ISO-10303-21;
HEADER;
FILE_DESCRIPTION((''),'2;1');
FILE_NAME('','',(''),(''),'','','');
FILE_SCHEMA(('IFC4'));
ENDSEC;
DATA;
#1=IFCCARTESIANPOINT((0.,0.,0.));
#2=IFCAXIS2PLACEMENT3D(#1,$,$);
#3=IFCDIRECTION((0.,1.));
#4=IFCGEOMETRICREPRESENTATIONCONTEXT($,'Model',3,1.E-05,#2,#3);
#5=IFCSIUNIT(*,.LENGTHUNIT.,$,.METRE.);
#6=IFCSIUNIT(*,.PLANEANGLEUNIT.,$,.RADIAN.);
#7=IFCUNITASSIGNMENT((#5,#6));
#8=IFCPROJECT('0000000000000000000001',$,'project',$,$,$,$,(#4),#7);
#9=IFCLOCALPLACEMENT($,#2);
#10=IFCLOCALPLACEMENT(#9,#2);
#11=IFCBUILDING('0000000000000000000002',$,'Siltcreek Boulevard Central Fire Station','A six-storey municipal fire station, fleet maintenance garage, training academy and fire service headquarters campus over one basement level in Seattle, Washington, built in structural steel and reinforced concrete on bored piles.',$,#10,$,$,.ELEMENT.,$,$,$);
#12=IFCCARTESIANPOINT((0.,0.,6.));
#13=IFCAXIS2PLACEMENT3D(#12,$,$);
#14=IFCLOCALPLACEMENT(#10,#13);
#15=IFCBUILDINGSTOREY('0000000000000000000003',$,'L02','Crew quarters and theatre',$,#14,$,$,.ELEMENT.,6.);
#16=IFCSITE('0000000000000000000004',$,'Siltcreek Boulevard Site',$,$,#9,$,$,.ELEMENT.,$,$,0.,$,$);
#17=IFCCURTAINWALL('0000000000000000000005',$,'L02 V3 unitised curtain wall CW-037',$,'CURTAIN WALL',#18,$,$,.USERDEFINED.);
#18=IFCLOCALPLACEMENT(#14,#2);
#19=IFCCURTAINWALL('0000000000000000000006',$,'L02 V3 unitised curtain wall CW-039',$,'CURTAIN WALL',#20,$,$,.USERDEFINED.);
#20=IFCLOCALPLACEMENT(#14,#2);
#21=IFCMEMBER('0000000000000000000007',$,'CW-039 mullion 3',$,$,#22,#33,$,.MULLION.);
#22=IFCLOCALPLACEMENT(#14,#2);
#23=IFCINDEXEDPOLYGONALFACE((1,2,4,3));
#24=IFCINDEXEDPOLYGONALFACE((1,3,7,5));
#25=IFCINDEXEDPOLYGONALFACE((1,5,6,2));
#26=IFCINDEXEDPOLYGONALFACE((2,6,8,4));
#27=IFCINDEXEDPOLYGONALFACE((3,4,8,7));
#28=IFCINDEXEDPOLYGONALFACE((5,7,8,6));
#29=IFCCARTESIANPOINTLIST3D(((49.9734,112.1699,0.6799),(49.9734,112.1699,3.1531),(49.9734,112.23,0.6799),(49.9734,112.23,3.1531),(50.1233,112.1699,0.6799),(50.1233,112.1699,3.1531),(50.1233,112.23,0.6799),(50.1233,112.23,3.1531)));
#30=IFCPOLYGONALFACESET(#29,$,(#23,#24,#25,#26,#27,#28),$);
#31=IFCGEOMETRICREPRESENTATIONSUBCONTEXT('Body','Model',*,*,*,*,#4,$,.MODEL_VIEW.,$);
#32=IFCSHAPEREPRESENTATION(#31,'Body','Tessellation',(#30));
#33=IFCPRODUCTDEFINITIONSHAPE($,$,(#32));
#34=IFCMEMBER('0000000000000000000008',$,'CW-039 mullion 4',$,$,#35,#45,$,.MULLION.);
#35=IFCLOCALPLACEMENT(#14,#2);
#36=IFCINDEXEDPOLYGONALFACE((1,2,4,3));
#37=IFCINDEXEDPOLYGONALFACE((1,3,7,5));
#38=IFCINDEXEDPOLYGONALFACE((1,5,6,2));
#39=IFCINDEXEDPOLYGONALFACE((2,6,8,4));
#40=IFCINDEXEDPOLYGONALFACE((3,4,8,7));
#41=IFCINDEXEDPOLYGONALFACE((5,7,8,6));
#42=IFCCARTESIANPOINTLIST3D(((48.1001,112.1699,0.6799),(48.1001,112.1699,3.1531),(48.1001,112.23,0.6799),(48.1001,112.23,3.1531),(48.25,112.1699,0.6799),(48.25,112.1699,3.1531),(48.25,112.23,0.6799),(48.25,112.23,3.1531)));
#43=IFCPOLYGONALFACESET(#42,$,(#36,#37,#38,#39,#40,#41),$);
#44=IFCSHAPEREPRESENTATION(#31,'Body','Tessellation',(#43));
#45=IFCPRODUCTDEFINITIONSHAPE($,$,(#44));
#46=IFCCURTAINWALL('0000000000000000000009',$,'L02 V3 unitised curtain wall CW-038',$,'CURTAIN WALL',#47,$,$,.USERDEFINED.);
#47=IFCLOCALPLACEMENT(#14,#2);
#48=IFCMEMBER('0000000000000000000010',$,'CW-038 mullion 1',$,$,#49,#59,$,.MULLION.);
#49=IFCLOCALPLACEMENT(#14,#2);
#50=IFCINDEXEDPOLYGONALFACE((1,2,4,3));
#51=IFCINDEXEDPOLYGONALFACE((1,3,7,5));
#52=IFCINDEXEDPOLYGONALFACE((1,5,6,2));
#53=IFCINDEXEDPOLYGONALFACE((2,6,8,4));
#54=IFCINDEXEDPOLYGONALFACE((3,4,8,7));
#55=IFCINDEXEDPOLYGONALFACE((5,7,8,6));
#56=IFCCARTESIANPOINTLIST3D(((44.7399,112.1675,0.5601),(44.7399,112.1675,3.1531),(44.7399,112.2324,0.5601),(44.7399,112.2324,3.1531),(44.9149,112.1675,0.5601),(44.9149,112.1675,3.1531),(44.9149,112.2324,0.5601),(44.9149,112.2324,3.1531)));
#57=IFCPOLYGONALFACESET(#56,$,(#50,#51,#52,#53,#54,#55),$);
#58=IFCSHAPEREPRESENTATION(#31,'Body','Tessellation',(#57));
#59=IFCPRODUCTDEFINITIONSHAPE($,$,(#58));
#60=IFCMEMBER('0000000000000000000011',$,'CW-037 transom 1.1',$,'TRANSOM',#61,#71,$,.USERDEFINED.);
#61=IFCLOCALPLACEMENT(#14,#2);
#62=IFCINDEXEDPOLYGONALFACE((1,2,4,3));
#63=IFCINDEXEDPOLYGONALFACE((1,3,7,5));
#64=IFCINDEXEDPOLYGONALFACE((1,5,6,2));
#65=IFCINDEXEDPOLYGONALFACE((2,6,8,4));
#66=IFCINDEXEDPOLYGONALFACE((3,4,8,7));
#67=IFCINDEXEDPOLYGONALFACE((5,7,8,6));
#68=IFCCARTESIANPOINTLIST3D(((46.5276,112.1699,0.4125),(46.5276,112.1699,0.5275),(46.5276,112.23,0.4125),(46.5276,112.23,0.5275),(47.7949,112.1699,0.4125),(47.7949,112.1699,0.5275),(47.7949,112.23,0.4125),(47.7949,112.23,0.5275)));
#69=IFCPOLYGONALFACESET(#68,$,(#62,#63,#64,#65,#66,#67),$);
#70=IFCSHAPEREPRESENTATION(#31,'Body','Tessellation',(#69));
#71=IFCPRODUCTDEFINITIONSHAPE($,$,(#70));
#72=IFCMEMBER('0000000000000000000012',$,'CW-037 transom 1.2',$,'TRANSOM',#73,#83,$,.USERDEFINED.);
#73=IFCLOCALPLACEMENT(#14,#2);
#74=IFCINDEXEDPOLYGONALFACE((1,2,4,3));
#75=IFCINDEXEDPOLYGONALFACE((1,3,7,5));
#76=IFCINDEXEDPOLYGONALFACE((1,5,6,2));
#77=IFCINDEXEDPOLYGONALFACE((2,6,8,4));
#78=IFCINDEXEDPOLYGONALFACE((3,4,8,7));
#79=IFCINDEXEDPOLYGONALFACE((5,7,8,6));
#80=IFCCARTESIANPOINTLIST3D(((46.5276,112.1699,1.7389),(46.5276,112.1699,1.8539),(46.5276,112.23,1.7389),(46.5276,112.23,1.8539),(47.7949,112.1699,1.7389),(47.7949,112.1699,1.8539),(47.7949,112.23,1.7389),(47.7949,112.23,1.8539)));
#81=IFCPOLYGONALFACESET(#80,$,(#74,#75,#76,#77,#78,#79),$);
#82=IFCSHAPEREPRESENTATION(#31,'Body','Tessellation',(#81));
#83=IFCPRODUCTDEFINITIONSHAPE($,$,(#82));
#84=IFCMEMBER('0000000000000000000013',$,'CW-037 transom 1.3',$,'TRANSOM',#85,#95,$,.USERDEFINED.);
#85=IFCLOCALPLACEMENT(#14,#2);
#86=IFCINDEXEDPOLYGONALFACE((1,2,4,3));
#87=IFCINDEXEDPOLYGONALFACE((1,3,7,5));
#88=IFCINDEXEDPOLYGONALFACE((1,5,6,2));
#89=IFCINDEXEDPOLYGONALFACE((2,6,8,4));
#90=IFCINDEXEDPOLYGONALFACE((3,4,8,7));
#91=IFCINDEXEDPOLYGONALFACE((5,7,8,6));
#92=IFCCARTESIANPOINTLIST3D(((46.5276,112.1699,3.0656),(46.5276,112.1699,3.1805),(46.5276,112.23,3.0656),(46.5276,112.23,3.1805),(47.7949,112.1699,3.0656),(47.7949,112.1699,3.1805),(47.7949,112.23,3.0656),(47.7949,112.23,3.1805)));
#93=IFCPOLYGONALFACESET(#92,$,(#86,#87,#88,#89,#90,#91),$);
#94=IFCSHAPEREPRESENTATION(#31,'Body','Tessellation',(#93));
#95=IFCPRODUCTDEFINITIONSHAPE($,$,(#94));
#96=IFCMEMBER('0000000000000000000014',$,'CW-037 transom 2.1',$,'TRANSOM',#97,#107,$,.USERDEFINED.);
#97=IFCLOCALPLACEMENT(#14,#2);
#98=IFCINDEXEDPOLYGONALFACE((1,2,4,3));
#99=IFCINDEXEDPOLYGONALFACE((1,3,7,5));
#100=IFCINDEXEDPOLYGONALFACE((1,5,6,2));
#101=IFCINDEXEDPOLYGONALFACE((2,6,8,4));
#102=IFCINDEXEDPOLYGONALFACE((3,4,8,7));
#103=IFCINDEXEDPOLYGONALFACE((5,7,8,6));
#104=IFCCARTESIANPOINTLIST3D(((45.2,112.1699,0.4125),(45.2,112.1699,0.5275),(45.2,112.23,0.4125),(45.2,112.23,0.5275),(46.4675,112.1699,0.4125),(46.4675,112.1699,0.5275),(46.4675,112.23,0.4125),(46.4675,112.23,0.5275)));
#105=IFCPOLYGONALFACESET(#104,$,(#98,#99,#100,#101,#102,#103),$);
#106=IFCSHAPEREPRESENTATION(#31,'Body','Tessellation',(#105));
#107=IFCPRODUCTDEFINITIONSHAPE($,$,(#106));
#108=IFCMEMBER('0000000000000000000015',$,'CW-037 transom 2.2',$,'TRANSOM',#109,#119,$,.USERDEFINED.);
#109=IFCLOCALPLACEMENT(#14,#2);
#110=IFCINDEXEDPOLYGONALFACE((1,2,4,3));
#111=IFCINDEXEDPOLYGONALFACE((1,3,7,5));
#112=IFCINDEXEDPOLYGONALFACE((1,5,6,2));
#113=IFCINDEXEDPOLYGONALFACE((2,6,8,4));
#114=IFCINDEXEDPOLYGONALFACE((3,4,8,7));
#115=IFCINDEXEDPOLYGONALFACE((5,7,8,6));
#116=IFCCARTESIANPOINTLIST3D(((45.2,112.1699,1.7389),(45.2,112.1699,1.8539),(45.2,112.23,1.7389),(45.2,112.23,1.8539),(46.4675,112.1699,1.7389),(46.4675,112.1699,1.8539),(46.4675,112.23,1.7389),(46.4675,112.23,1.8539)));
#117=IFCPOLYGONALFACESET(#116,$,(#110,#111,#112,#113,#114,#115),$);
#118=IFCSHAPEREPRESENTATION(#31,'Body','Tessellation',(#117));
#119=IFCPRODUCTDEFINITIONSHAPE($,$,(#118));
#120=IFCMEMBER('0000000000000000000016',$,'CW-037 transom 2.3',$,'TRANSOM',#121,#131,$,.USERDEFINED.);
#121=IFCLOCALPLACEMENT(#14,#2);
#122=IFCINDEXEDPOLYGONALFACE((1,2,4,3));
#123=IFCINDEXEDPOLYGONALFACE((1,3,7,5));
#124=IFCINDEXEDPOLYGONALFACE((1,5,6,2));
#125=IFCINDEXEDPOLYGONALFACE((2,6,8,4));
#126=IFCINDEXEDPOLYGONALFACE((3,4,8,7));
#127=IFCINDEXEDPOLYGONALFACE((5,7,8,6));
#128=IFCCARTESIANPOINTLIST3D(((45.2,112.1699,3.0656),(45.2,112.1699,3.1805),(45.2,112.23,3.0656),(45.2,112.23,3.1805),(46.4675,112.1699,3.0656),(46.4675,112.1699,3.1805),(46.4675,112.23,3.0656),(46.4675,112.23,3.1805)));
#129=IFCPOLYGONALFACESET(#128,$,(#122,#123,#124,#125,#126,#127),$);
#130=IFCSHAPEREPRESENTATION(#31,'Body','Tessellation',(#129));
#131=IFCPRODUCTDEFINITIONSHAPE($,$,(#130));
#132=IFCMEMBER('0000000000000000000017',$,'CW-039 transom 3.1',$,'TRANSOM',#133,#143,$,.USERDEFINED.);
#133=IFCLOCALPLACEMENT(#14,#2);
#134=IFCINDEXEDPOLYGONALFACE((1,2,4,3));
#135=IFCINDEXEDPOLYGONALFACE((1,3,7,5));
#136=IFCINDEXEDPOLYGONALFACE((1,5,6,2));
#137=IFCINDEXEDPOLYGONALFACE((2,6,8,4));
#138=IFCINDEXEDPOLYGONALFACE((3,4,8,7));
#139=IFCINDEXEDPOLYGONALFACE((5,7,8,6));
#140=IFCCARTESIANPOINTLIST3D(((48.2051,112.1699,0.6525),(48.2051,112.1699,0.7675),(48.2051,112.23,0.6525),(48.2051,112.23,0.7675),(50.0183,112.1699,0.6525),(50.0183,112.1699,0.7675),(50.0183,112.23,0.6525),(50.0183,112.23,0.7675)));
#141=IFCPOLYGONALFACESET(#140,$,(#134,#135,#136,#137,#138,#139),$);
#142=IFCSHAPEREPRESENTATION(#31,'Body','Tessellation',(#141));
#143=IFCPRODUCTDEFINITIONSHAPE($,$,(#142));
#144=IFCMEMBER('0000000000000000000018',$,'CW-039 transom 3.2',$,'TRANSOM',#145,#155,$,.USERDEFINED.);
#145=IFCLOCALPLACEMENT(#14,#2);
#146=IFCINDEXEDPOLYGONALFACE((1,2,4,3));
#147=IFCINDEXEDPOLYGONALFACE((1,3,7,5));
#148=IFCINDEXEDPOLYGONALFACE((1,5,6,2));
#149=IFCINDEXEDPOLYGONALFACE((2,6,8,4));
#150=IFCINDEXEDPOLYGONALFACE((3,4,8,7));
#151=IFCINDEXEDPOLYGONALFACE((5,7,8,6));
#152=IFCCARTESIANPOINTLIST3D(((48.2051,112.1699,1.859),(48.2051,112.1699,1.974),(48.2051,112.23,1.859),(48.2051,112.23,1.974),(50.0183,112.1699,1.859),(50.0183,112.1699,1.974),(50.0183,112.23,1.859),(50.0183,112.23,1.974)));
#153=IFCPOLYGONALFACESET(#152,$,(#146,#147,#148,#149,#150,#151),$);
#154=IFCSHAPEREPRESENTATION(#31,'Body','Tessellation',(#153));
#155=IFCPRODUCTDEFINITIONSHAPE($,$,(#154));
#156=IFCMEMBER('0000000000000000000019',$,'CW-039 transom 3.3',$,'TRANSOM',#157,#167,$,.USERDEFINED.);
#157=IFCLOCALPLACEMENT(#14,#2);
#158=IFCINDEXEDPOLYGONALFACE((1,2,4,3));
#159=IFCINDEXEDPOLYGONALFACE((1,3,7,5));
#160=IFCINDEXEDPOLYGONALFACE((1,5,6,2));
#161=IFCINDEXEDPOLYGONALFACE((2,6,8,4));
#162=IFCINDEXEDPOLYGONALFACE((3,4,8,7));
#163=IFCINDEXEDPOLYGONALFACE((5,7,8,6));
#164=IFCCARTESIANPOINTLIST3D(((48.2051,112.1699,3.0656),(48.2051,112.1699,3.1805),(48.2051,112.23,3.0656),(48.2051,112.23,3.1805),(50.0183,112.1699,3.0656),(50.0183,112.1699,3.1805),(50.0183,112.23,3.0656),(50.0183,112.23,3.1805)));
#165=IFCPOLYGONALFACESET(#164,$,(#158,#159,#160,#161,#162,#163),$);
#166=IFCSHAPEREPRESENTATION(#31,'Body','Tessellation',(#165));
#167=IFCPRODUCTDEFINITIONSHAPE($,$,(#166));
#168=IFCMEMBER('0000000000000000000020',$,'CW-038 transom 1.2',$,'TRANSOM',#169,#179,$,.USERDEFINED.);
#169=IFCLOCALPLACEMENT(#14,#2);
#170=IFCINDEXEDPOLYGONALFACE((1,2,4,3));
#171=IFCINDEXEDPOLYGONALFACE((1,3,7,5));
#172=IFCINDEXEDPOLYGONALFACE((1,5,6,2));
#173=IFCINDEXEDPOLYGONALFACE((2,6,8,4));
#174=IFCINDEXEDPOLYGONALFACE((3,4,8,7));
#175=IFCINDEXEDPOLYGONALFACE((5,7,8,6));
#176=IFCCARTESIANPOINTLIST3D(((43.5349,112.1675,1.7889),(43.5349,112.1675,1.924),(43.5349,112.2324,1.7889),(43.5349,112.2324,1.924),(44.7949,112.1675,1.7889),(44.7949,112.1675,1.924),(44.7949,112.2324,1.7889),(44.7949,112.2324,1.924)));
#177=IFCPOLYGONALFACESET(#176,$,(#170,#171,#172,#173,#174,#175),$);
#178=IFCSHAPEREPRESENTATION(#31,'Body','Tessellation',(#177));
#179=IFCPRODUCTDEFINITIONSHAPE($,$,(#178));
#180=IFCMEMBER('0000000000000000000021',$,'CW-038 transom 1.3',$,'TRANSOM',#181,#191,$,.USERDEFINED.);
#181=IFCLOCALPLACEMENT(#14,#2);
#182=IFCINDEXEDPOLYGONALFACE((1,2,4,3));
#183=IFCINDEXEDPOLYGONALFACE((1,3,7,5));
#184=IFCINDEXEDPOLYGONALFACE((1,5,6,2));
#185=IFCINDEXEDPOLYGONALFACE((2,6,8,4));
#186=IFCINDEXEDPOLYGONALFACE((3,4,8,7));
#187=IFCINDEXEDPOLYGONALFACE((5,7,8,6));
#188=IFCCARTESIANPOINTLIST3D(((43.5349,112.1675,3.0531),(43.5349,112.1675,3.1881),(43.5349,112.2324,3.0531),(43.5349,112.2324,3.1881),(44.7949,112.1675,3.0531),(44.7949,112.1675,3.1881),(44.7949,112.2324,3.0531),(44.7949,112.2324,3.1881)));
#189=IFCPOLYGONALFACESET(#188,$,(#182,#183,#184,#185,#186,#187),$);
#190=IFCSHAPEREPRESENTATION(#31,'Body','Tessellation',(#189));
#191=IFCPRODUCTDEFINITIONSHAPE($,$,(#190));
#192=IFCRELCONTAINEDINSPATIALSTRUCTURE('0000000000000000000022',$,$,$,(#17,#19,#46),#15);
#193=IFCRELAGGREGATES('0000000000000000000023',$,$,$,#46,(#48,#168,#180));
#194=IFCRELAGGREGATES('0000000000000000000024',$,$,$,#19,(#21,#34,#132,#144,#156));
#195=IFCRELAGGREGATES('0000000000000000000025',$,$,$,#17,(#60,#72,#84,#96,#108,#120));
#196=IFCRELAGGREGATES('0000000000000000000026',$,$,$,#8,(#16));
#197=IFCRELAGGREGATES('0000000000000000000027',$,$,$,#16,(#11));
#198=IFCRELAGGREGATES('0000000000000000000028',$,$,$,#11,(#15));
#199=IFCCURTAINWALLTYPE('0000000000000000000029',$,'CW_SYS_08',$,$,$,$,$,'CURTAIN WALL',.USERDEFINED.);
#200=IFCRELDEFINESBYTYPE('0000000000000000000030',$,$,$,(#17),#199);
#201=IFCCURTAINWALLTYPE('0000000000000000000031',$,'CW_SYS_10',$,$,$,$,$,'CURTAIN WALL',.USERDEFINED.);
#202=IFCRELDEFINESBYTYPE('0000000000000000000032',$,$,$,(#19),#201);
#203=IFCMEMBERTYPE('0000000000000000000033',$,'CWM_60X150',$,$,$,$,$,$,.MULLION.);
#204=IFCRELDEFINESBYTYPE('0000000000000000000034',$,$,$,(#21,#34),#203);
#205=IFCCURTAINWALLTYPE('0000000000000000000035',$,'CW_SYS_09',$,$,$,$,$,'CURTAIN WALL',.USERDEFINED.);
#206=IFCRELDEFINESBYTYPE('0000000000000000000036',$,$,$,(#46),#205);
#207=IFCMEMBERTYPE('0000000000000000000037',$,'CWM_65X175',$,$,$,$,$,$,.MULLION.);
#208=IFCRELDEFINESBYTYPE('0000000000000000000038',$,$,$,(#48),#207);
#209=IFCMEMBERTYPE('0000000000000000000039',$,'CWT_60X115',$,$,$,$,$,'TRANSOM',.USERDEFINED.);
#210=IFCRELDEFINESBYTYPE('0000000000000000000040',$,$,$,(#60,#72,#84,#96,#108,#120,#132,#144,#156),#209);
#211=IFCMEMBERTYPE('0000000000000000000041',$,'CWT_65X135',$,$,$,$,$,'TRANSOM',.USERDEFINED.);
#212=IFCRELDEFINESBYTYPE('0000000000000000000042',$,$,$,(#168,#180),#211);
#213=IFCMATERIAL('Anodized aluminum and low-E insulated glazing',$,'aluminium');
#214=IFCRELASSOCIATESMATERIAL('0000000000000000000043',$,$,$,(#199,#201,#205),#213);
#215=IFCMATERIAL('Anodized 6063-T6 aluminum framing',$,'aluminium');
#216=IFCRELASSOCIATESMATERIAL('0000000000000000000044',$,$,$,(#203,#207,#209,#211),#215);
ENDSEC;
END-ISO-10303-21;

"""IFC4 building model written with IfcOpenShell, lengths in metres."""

from ifc_helpers import new_model, si_unit, direction, frame, origin, origin_2d, place, context, subcontext, project, spatial, rectangle, extrude, material, material_profile, profile_set, type_object, element, aggregate, save


model = new_model("IFC4")

# Units and contexts
model_context = context("Model", 3, precision=1e-05, world=origin(), true_north=direction((0.0, 1.0)))
body_context = subcontext(model_context, "Body", "Model", "MODEL_VIEW")
ifc_project = project(units=[si_unit("LENGTHUNIT", "METRE"), si_unit("PLANEANGLEUNIT", "RADIAN")], contexts=[model_context])

# Site, building, storey
site_placement = place(None, origin())
site = spatial("IfcSite", under=ifc_project, at=site_placement, Name="Siltcreek Boulevard Site", CompositionType="ELEMENT", RefElevation=0.0)
building_placement = place(site_placement, origin())
building = spatial("IfcBuilding", under=site, at=building_placement, Name="Siltcreek Boulevard Central Fire Station", Description="A six-storey municipal fire station, fleet maintenance garage, training academy and fire service headquarters campus over one basement level in Seattle, Washington, built in structural steel and reinforced concrete on bored piles.", CompositionType="ELEMENT")
storey_placement = place(building_placement, frame((0.0, 0.0, 6.0)))
storey = spatial("IfcBuildingStorey", under=building, at=storey_placement, Name="L02", Description="Crew quarters and theatre", CompositionType="ELEMENT", Elevation=6.0)

# Curtain walls, members
ifc_material_1 = material(Name="Anodized aluminum and low-E insulated glazing", Category="aluminium")
curtain_wall_type_1 = type_object("IfcCurtainWallType", Name="CW_SYS_08", ElementType="CURTAIN WALL", PredefinedType="USERDEFINED", material=ifc_material_1)
curtain_wall_1_placement = place(storey_placement, origin())
curtain_wall_1 = element("IfcCurtainWall", 1, at=curtain_wall_1_placement, inside=storey, type_object=curtain_wall_type_1, Name="L02 V3 unitised curtain wall CW-037", ObjectType="CURTAIN WALL", PredefinedType="USERDEFINED")
ifc_material_2 = material(Name="Anodized 6063-T6 aluminum framing", Category="aluminium")
ifc_material_profile_1 = material_profile(ifc_material_2, rectangle(XDim=0.0601, YDim=0.1499, at=origin_2d()), Name="MULL60X150")
ifc_profile_set_1 = profile_set([ifc_material_profile_1], Name="Anodized 6063-T6 aluminum framing")
member_type_1 = type_object("IfcMemberType", Name="CWM_60X150", PredefinedType="MULLION", material=ifc_profile_set_1)
curtain_wall_type_2 = type_object("IfcCurtainWallType", Name="CW_SYS_10", ElementType="CURTAIN WALL", PredefinedType="USERDEFINED", material=ifc_material_1)
curtain_wall_2_placement = place(storey_placement, origin())
curtain_wall_2 = element("IfcCurtainWall", 2, at=curtain_wall_2_placement, inside=storey, type_object=curtain_wall_type_2, Name="L02 V3 unitised curtain wall CW-039", ObjectType="CURTAIN WALL", PredefinedType="USERDEFINED")
member_1_placement = place(storey_placement, frame((50.0483, 112.2, 0.6799), z_axis=(0.0, 0.0, 1.0), x_axis=(0.0, -1.0, 0.0)))
member_1 = element("IfcMember", 3, at=member_1_placement, type_object=member_type_1, Name="CW-039 mullion 3", PredefinedType="MULLION", context=body_context, shape_type="SweptSolid", body=[
    extrude(rectangle(XDim=0.0601, YDim=0.1499, at=origin_2d()), origin(), (0.0, 0.0, 1.0), 2.4731),
])
member_2_placement = place(storey_placement, frame((48.175, 112.2, 0.6799), z_axis=(0.0, 0.0, 1.0), x_axis=(0.0, -1.0, 0.0)))
member_2 = element("IfcMember", 4, at=member_2_placement, type_object=member_type_1, Name="CW-039 mullion 4", PredefinedType="MULLION", context=body_context, shape_type="SweptSolid", body=[
    extrude(rectangle(XDim=0.0601, YDim=0.1499, at=origin_2d()), origin(), (0.0, 0.0, 1.0), 2.4731),
])

# Curtain wall, member
curtain_wall_type_3 = type_object("IfcCurtainWallType", Name="CW_SYS_09", ElementType="CURTAIN WALL", PredefinedType="USERDEFINED", material=ifc_material_1)
curtain_wall_3_placement = place(storey_placement, origin())
curtain_wall_3 = element("IfcCurtainWall", 5, at=curtain_wall_3_placement, inside=storey, type_object=curtain_wall_type_3, Name="L02 V3 unitised curtain wall CW-038", ObjectType="CURTAIN WALL", PredefinedType="USERDEFINED")
ifc_material_profile_2 = material_profile(ifc_material_2, rectangle(XDim=0.0649, YDim=0.175, at=origin_2d()), Name="MULL65X175")
ifc_profile_set_2 = profile_set([ifc_material_profile_2], Name="Anodized 6063-T6 aluminum framing")
member_type_2 = type_object("IfcMemberType", Name="CWM_65X175", PredefinedType="MULLION", material=ifc_profile_set_2)
member_3_placement = place(storey_placement, frame((44.8274, 112.2, 0.5601), z_axis=(0.0, 0.0, 1.0), x_axis=(0.0, -1.0, 0.0)))
member_3 = element("IfcMember", 6, at=member_3_placement, type_object=member_type_2, Name="CW-038 mullion 1", PredefinedType="MULLION", context=body_context, shape_type="SweptSolid", body=[
    extrude(rectangle(XDim=0.0649, YDim=0.175, at=origin_2d()), origin(), (0.0, 0.0, 1.0), 2.593),
])

# Members
ifc_material_profile_3 = material_profile(ifc_material_2, rectangle(XDim=0.0601, YDim=0.115, at=origin_2d()), Name="TRAN60X115")
ifc_profile_set_3 = profile_set([ifc_material_profile_3], Name="Anodized 6063-T6 aluminum framing")
member_type_3 = type_object("IfcMemberType", Name="CWT_60X115", ElementType="TRANSOM", PredefinedType="USERDEFINED", material=ifc_profile_set_3)
member_4_placement = place(storey_placement, frame((47.7949, 112.2, 0.47), z_axis=(-1.0, 0.0, 0.0), x_axis=(0.0, -1.0, 0.0)))
member_4 = element("IfcMember", 7, at=member_4_placement, type_object=member_type_3, Name="CW-037 transom 1.1", ObjectType="TRANSOM", PredefinedType="USERDEFINED", context=body_context, shape_type="SweptSolid", body=[
    extrude(rectangle(XDim=0.0601, YDim=0.115, at=origin_2d()), origin(), (0.0, 0.0, 1.0), 1.2673),
])
member_5_placement = place(storey_placement, frame((47.7949, 112.2, 1.7964), z_axis=(-1.0, 0.0, 0.0), x_axis=(0.0, -1.0, 0.0)))
member_5 = element("IfcMember", 8, at=member_5_placement, type_object=member_type_3, Name="CW-037 transom 1.2", ObjectType="TRANSOM", PredefinedType="USERDEFINED", context=body_context, shape_type="SweptSolid", body=[
    extrude(rectangle(XDim=0.0601, YDim=0.115, at=origin_2d()), origin(), (0.0, 0.0, 1.0), 1.2673),
])
member_6_placement = place(storey_placement, frame((47.7949, 112.2, 3.123), z_axis=(-1.0, 0.0, 0.0), x_axis=(0.0, -1.0, 0.0)))
member_6 = element("IfcMember", 9, at=member_6_placement, type_object=member_type_3, Name="CW-037 transom 1.3", ObjectType="TRANSOM", PredefinedType="USERDEFINED", context=body_context, shape_type="SweptSolid", body=[
    extrude(rectangle(XDim=0.0601, YDim=0.115, at=origin_2d()), origin(), (0.0, 0.0, 1.0), 1.2673),
])
member_7_placement = place(storey_placement, frame((46.4675, 112.2, 0.47), z_axis=(-1.0, 0.0, 0.0), x_axis=(0.0, -1.0, 0.0)))
member_7 = element("IfcMember", 10, at=member_7_placement, type_object=member_type_3, Name="CW-037 transom 2.1", ObjectType="TRANSOM", PredefinedType="USERDEFINED", context=body_context, shape_type="SweptSolid", body=[
    extrude(rectangle(XDim=0.0601, YDim=0.115, at=origin_2d()), origin(), (0.0, 0.0, 1.0), 1.2676),
])
member_8_placement = place(storey_placement, frame((46.4675, 112.2, 1.7964), z_axis=(-1.0, 0.0, 0.0), x_axis=(0.0, -1.0, 0.0)))
member_8 = element("IfcMember", 11, at=member_8_placement, type_object=member_type_3, Name="CW-037 transom 2.2", ObjectType="TRANSOM", PredefinedType="USERDEFINED", context=body_context, shape_type="SweptSolid", body=[
    extrude(rectangle(XDim=0.0601, YDim=0.115, at=origin_2d()), origin(), (0.0, 0.0, 1.0), 1.2676),
])
member_9_placement = place(storey_placement, frame((46.4675, 112.2, 3.123), z_axis=(-1.0, 0.0, 0.0), x_axis=(0.0, -1.0, 0.0)))
member_9 = element("IfcMember", 12, at=member_9_placement, type_object=member_type_3, Name="CW-037 transom 2.3", ObjectType="TRANSOM", PredefinedType="USERDEFINED", context=body_context, shape_type="SweptSolid", body=[
    extrude(rectangle(XDim=0.0601, YDim=0.115, at=origin_2d()), origin(), (0.0, 0.0, 1.0), 1.2676),
])
member_10_placement = place(storey_placement, frame((50.0183, 112.2, 0.71), z_axis=(-1.0, 0.0, 0.0), x_axis=(0.0, -1.0, 0.0)))
member_10 = element("IfcMember", 13, at=member_10_placement, type_object=member_type_3, Name="CW-039 transom 3.1", ObjectType="TRANSOM", PredefinedType="USERDEFINED", context=body_context, shape_type="SweptSolid", body=[
    extrude(rectangle(XDim=0.0601, YDim=0.115, at=origin_2d()), origin(), (0.0, 0.0, 1.0), 1.8132),
])
member_11_placement = place(storey_placement, frame((50.0183, 112.2, 1.9165), z_axis=(-1.0, 0.0, 0.0), x_axis=(0.0, -1.0, 0.0)))
member_11 = element("IfcMember", 14, at=member_11_placement, type_object=member_type_3, Name="CW-039 transom 3.2", ObjectType="TRANSOM", PredefinedType="USERDEFINED", context=body_context, shape_type="SweptSolid", body=[
    extrude(rectangle(XDim=0.0601, YDim=0.115, at=origin_2d()), origin(), (0.0, 0.0, 1.0), 1.8132),
])
member_12_placement = place(storey_placement, frame((50.0183, 112.2, 3.123), z_axis=(-1.0, 0.0, 0.0), x_axis=(0.0, -1.0, 0.0)))
member_12 = element("IfcMember", 15, at=member_12_placement, type_object=member_type_3, Name="CW-039 transom 3.3", ObjectType="TRANSOM", PredefinedType="USERDEFINED", context=body_context, shape_type="SweptSolid", body=[
    extrude(rectangle(XDim=0.0601, YDim=0.115, at=origin_2d()), origin(), (0.0, 0.0, 1.0), 1.8132),
])
ifc_material_profile_4 = material_profile(ifc_material_2, rectangle(XDim=0.0649, YDim=0.135, at=origin_2d()), Name="TRAN65X135")
ifc_profile_set_4 = profile_set([ifc_material_profile_4], Name="Anodized 6063-T6 aluminum framing")
member_type_4 = type_object("IfcMemberType", Name="CWT_65X135", ElementType="TRANSOM", PredefinedType="USERDEFINED", material=ifc_profile_set_4)
member_13_placement = place(storey_placement, frame((44.7949, 112.2, 1.8564), z_axis=(-1.0, 0.0, 0.0), x_axis=(0.0, -1.0, 0.0)))
member_13 = element("IfcMember", 16, at=member_13_placement, type_object=member_type_4, Name="CW-038 transom 1.2", ObjectType="TRANSOM", PredefinedType="USERDEFINED", context=body_context, shape_type="SweptSolid", body=[
    extrude(rectangle(XDim=0.0649, YDim=0.135, at=origin_2d()), origin(), (0.0, 0.0, 1.0), 1.26),
])
member_14_placement = place(storey_placement, frame((44.7949, 112.2, 3.1206), z_axis=(-1.0, 0.0, 0.0), x_axis=(0.0, -1.0, 0.0)))
member_14 = element("IfcMember", 17, at=member_14_placement, type_object=member_type_4, Name="CW-038 transom 1.3", ObjectType="TRANSOM", PredefinedType="USERDEFINED", context=body_context, shape_type="SweptSolid", body=[
    extrude(rectangle(XDim=0.0649, YDim=0.135, at=origin_2d()), origin(), (0.0, 0.0, 1.0), 1.26),
])
aggregate(curtain_wall_3, [member_3, member_13, member_14])

aggregate(curtain_wall_2, [member_1, member_2, member_10, member_11, member_12])
aggregate(curtain_wall_1, [member_4, member_5, member_6, member_7, member_8, member_9])

save(model, "model.ifc")
